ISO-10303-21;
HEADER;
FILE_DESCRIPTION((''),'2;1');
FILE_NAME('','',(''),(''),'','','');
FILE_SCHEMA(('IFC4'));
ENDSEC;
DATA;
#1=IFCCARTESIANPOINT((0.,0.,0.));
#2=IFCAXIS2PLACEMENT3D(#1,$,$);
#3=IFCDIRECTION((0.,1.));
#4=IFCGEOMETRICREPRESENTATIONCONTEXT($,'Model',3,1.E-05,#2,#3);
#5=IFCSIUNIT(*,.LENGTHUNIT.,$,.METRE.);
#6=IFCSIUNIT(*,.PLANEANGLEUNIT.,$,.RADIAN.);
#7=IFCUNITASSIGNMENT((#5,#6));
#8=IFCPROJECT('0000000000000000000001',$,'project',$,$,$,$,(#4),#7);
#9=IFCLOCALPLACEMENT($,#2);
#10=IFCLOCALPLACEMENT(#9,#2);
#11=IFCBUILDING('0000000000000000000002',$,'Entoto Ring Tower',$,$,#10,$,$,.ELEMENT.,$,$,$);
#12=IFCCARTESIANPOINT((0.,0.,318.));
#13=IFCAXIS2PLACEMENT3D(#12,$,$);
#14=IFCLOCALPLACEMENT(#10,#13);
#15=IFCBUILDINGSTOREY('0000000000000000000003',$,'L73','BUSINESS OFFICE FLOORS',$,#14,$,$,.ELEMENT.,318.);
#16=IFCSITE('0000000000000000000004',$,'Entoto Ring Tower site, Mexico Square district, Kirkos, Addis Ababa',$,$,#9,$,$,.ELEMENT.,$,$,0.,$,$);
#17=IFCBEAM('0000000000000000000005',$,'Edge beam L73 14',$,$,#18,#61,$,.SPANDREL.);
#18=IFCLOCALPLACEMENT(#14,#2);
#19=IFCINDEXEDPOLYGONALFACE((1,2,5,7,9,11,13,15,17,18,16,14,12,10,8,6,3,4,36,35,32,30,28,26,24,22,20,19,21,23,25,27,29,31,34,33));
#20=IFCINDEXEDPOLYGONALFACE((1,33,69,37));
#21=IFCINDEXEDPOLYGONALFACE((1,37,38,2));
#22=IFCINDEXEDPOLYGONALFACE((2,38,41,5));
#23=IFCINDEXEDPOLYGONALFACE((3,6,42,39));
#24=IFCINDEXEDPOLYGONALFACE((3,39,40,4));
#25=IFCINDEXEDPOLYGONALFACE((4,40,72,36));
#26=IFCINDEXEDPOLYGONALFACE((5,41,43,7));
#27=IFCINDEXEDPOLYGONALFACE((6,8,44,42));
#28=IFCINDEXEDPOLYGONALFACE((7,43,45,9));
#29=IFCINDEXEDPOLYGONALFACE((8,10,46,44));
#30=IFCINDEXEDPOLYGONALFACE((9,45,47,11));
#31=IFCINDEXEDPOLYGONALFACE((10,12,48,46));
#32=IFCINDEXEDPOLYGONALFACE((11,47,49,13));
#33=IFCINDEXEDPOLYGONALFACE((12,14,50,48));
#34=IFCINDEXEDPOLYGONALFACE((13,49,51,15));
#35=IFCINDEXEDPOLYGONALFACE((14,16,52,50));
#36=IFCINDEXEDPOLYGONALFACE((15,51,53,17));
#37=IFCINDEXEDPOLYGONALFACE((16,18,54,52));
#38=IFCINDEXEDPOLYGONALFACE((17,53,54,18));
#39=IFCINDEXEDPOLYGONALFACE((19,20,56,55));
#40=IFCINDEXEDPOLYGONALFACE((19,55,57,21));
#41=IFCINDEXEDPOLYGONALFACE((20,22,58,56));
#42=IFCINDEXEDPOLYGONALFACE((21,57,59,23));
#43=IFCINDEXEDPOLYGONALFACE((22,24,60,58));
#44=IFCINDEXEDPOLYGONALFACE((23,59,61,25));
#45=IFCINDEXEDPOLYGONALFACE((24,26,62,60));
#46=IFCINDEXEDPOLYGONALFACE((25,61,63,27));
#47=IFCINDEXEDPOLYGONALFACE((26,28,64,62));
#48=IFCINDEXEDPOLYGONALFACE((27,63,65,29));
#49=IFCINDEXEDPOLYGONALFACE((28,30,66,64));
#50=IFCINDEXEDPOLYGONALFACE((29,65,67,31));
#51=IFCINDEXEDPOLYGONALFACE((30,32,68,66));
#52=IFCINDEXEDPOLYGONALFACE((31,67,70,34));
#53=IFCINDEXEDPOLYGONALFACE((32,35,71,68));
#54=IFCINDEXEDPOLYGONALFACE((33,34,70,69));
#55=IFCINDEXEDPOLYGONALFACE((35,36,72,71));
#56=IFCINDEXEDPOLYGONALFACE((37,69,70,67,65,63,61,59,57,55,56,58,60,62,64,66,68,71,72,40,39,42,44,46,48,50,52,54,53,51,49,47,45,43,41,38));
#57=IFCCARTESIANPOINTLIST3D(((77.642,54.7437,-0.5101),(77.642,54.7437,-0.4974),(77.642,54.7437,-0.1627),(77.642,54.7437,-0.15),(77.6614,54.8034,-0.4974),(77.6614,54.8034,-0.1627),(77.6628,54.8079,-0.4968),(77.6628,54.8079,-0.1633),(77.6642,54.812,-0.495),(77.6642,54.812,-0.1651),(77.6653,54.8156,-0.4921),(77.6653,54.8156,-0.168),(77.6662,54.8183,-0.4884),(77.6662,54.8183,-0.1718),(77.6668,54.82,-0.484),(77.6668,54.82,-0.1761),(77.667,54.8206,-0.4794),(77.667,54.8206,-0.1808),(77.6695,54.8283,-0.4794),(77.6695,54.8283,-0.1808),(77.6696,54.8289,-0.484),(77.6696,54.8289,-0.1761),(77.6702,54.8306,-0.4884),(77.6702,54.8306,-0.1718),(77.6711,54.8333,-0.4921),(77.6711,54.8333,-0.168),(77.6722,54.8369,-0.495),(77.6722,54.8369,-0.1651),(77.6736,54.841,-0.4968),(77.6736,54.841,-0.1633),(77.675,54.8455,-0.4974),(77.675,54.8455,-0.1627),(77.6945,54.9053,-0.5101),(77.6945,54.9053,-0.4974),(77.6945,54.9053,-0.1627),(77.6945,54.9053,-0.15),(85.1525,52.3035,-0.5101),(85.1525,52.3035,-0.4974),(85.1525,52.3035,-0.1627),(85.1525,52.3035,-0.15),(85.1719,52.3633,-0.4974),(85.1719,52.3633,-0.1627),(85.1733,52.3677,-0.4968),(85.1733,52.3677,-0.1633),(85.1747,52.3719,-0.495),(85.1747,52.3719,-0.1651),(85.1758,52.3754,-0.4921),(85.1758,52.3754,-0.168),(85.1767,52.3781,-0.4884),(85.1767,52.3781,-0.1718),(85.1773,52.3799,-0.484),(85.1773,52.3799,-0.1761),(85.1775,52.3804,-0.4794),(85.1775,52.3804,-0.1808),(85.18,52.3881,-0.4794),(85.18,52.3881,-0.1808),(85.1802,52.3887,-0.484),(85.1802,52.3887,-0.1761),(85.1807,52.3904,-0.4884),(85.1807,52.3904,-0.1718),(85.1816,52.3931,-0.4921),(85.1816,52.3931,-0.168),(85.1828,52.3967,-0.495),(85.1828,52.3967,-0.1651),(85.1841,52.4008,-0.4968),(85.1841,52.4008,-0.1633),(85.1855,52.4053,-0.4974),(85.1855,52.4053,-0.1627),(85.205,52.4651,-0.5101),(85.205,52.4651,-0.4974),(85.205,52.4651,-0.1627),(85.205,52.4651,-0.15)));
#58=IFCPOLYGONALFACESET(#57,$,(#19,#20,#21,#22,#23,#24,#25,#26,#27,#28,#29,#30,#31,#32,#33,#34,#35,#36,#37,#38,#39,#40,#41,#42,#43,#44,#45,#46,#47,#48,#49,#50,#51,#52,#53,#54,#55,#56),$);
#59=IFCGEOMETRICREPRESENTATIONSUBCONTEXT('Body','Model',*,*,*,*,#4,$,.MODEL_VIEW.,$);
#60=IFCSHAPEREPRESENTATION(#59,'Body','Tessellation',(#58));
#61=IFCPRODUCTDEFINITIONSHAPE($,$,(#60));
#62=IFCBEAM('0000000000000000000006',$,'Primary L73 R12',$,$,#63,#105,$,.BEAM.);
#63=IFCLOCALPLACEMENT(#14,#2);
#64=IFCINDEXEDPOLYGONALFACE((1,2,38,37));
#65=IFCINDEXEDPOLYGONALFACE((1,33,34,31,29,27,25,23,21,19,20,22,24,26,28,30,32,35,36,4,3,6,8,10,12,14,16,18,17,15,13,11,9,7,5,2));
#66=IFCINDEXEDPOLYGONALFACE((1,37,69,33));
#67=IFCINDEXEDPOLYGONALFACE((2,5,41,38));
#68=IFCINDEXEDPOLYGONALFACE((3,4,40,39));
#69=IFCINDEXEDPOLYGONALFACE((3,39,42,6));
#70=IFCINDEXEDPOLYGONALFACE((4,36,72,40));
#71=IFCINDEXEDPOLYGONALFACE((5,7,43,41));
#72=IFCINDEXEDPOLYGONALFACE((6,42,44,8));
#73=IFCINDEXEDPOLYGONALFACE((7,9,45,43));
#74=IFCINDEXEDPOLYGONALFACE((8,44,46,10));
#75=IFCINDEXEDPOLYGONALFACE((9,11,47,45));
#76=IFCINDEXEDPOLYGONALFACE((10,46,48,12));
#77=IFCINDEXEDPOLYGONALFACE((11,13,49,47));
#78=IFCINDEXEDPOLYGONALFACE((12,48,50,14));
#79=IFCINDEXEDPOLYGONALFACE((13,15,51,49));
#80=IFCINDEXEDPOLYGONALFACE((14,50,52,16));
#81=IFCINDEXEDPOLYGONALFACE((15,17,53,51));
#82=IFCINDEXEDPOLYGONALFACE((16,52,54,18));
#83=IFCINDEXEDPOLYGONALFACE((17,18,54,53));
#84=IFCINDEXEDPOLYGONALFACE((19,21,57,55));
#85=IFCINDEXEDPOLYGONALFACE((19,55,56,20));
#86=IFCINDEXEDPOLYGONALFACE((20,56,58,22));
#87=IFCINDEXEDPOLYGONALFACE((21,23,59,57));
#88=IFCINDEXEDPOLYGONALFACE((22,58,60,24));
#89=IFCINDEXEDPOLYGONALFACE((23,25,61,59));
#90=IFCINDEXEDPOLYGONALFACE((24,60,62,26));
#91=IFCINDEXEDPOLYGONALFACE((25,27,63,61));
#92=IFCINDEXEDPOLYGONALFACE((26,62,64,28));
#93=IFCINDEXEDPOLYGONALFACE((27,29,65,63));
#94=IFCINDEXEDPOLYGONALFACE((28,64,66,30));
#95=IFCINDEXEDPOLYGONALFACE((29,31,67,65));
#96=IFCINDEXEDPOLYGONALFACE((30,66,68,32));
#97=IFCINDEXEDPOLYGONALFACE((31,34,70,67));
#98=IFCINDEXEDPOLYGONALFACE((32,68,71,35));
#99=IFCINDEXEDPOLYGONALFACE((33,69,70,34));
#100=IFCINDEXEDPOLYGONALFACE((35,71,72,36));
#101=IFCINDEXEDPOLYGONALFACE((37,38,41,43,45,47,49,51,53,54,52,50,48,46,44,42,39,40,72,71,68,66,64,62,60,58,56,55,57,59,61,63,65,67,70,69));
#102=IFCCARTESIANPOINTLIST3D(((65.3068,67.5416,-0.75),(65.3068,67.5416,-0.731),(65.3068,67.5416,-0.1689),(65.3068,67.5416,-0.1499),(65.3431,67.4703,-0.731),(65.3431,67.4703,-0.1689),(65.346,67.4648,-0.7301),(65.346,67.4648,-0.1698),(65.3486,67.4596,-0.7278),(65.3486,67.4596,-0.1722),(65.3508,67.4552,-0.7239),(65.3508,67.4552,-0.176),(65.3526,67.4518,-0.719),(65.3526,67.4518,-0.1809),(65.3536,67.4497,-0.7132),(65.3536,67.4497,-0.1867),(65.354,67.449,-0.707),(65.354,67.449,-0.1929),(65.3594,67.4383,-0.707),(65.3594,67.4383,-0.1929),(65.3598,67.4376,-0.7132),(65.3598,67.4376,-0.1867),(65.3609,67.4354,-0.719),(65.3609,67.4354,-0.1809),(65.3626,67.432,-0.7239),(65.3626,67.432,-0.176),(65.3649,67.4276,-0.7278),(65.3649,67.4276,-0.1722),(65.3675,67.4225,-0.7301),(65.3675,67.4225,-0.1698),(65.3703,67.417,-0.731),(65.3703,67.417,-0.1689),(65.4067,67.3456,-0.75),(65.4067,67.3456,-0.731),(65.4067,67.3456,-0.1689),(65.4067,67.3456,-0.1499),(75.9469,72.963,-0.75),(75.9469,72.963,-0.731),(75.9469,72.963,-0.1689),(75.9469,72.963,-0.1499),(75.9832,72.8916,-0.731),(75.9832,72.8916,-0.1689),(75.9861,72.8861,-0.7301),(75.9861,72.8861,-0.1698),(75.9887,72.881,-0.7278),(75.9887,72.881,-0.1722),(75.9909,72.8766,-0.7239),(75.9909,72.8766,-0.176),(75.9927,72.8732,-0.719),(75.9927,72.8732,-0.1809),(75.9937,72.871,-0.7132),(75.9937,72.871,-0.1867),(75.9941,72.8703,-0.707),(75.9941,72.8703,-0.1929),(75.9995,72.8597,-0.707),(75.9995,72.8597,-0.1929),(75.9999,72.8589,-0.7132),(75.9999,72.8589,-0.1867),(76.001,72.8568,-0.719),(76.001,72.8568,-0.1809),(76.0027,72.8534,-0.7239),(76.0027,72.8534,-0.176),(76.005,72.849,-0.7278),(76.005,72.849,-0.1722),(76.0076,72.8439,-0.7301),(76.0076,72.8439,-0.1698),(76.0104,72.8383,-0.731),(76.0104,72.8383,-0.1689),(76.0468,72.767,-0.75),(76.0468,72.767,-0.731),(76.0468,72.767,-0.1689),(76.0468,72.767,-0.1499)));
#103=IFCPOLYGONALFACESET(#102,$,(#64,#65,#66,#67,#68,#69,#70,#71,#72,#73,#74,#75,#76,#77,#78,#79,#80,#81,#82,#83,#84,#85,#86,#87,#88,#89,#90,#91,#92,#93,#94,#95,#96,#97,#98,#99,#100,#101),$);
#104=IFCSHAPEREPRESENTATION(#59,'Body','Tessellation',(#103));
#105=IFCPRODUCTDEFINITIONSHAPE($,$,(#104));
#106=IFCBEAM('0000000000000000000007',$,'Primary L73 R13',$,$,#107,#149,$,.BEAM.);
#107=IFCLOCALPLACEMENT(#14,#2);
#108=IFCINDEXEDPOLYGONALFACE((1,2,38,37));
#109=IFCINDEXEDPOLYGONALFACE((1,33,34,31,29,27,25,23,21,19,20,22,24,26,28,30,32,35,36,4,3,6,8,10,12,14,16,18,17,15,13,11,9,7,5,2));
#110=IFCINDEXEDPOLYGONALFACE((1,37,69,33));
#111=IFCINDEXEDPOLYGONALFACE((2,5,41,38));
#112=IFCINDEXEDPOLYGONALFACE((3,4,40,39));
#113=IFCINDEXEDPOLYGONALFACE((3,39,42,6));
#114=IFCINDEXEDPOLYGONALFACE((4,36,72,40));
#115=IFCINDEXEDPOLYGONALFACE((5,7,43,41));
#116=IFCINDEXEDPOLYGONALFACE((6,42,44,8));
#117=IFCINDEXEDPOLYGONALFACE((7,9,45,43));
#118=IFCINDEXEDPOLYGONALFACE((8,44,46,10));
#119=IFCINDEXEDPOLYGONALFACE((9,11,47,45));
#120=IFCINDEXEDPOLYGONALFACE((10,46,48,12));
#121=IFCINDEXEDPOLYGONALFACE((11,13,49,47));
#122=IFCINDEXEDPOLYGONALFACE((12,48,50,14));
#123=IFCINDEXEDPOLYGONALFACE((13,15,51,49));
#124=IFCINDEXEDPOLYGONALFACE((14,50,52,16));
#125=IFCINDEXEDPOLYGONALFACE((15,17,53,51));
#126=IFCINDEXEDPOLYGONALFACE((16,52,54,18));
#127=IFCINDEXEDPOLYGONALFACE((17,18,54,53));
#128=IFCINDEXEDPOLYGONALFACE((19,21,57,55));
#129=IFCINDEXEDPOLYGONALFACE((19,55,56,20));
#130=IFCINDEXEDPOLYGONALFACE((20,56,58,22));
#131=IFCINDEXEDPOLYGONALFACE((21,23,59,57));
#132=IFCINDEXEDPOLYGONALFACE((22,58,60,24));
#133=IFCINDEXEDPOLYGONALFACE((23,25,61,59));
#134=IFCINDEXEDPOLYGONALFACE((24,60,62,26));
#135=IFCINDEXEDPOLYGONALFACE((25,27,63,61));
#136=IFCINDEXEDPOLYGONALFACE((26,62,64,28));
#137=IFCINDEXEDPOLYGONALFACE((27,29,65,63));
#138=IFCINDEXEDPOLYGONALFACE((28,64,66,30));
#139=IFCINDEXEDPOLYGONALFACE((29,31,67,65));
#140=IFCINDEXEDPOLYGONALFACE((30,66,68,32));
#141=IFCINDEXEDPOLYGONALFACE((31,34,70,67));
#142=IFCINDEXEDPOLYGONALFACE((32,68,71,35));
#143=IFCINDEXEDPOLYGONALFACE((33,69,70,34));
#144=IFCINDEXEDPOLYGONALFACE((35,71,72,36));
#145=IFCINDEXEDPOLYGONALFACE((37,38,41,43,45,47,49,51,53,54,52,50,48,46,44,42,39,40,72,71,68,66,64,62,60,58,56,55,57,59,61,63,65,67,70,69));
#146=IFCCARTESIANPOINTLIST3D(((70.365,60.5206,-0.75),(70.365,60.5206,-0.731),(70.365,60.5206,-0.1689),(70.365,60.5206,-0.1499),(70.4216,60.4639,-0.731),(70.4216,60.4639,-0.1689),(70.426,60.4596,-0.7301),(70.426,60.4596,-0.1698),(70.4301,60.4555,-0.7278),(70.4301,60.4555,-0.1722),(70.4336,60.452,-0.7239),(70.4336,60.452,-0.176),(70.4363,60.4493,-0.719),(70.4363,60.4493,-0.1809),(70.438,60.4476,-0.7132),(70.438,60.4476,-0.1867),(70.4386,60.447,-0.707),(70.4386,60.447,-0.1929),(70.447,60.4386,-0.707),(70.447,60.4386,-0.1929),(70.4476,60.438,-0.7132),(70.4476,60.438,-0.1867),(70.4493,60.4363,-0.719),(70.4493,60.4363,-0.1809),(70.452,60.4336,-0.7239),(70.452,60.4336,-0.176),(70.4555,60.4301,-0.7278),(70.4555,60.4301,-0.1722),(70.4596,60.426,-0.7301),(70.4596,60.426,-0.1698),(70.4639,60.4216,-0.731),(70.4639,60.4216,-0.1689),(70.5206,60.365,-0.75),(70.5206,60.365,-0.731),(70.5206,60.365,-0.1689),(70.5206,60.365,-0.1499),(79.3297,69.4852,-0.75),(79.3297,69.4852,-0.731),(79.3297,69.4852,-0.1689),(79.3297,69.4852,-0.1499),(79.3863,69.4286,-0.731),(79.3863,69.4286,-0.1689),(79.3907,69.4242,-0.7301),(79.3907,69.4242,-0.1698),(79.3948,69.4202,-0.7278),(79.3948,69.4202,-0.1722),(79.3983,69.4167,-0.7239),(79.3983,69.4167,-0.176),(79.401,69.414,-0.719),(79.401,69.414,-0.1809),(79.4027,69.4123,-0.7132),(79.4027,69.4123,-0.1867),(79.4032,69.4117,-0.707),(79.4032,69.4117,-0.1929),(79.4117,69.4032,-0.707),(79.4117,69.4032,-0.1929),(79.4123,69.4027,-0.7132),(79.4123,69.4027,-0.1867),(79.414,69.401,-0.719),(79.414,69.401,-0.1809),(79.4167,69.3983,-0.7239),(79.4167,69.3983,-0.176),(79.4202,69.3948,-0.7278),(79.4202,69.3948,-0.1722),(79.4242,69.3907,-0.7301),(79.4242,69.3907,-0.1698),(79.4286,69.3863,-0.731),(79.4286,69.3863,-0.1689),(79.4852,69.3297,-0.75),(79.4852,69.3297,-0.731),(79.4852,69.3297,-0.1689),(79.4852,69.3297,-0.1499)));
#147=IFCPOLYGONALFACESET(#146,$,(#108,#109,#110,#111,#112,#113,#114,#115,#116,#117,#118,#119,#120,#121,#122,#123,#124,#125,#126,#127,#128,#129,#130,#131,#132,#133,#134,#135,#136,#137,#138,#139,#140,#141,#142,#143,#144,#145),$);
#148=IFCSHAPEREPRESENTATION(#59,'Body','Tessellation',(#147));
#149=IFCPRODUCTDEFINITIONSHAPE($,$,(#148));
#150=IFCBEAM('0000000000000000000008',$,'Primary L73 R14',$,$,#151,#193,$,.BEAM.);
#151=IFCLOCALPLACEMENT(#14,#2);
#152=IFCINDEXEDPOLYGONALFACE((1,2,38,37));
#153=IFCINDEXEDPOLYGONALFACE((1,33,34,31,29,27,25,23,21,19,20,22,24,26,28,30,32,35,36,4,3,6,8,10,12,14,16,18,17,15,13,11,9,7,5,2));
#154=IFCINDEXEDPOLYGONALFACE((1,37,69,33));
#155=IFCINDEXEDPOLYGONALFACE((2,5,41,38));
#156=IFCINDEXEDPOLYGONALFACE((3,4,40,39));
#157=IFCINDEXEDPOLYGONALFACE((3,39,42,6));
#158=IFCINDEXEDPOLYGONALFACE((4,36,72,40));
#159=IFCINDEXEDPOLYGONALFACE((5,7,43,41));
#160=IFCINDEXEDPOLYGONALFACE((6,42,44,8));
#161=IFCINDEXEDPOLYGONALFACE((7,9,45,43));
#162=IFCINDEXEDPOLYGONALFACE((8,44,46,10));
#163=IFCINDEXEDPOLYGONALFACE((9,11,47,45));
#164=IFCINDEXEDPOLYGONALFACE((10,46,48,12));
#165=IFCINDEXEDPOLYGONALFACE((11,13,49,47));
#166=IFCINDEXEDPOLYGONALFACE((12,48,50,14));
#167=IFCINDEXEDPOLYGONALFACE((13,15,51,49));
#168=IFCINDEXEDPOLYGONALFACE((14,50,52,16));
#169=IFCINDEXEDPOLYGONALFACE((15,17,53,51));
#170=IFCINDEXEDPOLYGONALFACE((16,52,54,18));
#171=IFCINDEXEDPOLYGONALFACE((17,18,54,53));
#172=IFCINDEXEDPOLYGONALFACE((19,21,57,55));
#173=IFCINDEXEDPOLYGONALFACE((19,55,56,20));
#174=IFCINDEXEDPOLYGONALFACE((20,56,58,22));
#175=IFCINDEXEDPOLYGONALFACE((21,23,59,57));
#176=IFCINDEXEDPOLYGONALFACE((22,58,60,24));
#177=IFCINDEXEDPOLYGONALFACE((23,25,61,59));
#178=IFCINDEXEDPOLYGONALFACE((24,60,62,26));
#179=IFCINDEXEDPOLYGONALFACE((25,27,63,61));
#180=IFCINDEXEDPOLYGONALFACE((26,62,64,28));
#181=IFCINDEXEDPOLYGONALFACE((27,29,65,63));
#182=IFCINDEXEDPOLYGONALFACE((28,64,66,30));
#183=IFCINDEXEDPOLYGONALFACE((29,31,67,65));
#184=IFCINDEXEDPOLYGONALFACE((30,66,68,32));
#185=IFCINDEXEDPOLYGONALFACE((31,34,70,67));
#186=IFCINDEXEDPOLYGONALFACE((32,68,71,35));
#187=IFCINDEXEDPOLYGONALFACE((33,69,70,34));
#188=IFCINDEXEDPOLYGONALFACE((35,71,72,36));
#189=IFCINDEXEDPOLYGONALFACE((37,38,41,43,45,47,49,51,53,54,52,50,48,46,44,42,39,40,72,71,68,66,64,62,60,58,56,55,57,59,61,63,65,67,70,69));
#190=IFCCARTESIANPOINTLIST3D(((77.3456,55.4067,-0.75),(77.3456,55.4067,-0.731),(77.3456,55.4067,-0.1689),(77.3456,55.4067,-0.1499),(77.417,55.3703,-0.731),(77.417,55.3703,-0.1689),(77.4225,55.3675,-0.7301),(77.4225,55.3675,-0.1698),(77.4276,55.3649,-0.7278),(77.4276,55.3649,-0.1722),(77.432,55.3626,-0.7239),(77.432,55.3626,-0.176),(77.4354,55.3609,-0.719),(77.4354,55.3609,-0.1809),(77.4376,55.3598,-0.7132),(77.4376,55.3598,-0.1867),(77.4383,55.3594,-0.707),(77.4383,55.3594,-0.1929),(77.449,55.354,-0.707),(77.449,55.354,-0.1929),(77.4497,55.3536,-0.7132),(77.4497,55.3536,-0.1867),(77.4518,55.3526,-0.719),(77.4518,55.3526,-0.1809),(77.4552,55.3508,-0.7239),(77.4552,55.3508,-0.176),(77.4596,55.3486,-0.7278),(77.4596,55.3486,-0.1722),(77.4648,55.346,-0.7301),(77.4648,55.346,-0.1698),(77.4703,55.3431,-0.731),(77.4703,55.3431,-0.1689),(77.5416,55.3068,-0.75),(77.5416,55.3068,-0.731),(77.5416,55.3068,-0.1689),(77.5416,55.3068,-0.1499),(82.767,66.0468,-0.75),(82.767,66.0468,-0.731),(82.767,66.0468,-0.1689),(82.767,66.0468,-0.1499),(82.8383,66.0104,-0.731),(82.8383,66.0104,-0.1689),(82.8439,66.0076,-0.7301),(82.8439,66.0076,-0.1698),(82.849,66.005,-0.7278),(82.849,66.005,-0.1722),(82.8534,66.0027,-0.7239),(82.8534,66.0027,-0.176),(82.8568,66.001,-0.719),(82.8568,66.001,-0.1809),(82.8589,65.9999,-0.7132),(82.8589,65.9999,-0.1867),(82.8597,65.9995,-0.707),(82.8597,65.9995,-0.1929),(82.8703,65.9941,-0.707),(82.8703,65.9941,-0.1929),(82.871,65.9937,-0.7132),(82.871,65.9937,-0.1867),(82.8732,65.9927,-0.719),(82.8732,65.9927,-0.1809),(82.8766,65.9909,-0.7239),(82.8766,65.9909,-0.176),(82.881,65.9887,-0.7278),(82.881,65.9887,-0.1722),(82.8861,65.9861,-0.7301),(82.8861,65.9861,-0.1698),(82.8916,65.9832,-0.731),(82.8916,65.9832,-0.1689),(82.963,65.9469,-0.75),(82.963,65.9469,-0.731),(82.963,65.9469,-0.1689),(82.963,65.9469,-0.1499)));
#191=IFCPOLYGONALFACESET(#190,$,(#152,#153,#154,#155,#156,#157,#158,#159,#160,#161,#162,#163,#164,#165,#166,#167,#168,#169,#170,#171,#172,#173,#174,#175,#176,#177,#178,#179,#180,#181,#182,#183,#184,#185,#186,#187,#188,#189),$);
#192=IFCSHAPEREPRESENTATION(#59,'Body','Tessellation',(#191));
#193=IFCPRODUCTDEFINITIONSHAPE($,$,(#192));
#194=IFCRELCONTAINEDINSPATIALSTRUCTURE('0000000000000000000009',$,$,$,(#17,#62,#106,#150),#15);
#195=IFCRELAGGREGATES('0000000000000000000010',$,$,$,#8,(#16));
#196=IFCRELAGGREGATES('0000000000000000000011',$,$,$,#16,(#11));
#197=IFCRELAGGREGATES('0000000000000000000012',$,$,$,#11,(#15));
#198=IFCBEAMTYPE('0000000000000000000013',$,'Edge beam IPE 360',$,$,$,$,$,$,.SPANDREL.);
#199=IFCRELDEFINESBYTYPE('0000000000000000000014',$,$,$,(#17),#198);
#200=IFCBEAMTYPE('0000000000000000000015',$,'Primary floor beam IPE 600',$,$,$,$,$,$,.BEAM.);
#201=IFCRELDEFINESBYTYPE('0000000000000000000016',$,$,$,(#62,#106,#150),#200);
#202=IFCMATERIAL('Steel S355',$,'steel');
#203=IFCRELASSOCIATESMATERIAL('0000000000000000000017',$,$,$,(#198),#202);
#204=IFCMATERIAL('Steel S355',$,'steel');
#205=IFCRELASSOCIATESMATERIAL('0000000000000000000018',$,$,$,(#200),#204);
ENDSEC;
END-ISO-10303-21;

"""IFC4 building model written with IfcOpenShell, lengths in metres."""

from ifc_helpers import new_model, si_unit, direction, frame, origin, origin_2d, place, context, subcontext, project, spatial, i_section, extrude, material, material_profile, profile_set, type_object, element, save


model = new_model("IFC4")

# Units and contexts
model_context = context("Model", 3, precision=1e-05, world=origin(), true_north=direction((0.0, 1.0)))
body_context = subcontext(model_context, "Body", "Model", "MODEL_VIEW")
ifc_project = project(units=[si_unit("LENGTHUNIT", "METRE"), si_unit("PLANEANGLEUNIT", "RADIAN")], contexts=[model_context])

# Site, building, storey
site_placement = place(None, origin())
site = spatial("IfcSite", under=ifc_project, at=site_placement, Name="Entoto Ring Tower site, Mexico Square district, Kirkos, Addis Ababa", CompositionType="ELEMENT", RefElevation=0.0)
building_placement = place(site_placement, origin())
building = spatial("IfcBuilding", under=site, at=building_placement, Name="Entoto Ring Tower", CompositionType="ELEMENT")
storey_placement = place(building_placement, frame((0.0, 0.0, 318.0)))
storey = spatial("IfcBuildingStorey", under=building, at=storey_placement, Name="L73", Description="BUSINESS OFFICE FLOORS", CompositionType="ELEMENT", Elevation=318.0)

# Beams
ifc_material_1 = material(Name="Steel S355", Category="steel")
ifc_material_profile_1 = material_profile(ifc_material_1, i_section(OverallWidth=0.1699, OverallDepth=0.3601, WebThickness=0.0081, FlangeThickness=0.0127, FilletRadius=0.0181, at=origin_2d()), Name="IPE 360")
ifc_profile_set_1 = profile_set([ifc_material_profile_1], Name="Steel S355")
beam_type_1 = type_object("IfcBeamType", Name="Edge beam IPE 360", PredefinedType="SPANDREL", material=ifc_profile_set_1)
beam_1_placement = place(storey_placement, frame((77.6682, 54.8245, -0.3301), z_axis=(0.951061, -0.309003, 0.0), x_axis=(0.309003, 0.951061, 0.0)))
element("IfcBeam", 1, at=beam_1_placement, inside=storey, type_object=beam_type_1, Name="Edge beam L73 14", PredefinedType="SPANDREL", context=body_context, shape_type="SweptSolid", body=[
    extrude(i_section(OverallWidth=0.1699, OverallDepth=0.3601, WebThickness=0.0081, FlangeThickness=0.0127, FilletRadius=0.0181, at=origin_2d()), origin(), (0.0, 0.0, 1.0), 7.897),
])
ifc_material_2 = material(Name="Steel S355", Category="steel")
ifc_material_profile_2 = material_profile(ifc_material_2, i_section(OverallWidth=0.22, OverallDepth=0.6001, WebThickness=0.012, FlangeThickness=0.019, FilletRadius=0.0239, at=origin_2d()), Name="IPE 600")
ifc_profile_set_2 = profile_set([ifc_material_profile_2], Name="Steel S355")
beam_type_2 = type_object("IfcBeamType", Name="Primary floor beam IPE 600", PredefinedType="BEAM", material=ifc_profile_set_2)
beam_2_placement = place(storey_placement, frame((75.9968, 72.865, -0.45), z_axis=(-0.891008, -0.453988, 0.0), x_axis=(0.453988, -0.891008, 0.0)))
element("IfcBeam", 2, at=beam_2_placement, inside=storey, type_object=beam_type_2, Name="Primary L73 R12", PredefinedType="BEAM", context=body_context, shape_type="SweptSolid", body=[
    extrude(i_section(OverallWidth=0.22, OverallDepth=0.6001, WebThickness=0.012, FlangeThickness=0.019, FilletRadius=0.0239, at=origin_2d()), origin(), (0.0, 0.0, 1.0), 11.9417),
])
beam_3_placement = place(storey_placement, frame((79.4075, 69.4075, -0.45), z_axis=(-0.707107, -0.707107, 0.0), x_axis=(0.707107, -0.707107, 0.0)))
element("IfcBeam", 3, at=beam_3_placement, inside=storey, type_object=beam_type_2, Name="Primary L73 R13", PredefinedType="BEAM", context=body_context, shape_type="SweptSolid", body=[
    extrude(i_section(OverallWidth=0.22, OverallDepth=0.6001, WebThickness=0.012, FlangeThickness=0.019, FilletRadius=0.0239, at=origin_2d()), origin(), (0.0, 0.0, 1.0), 12.678),
])
beam_4_placement = place(storey_placement, frame((82.865, 65.9968, -0.45), z_axis=(-0.453988, -0.891008, 0.0), x_axis=(0.891008, -0.453988, 0.0)))
element("IfcBeam", 4, at=beam_4_placement, inside=storey, type_object=beam_type_2, Name="Primary L73 R14", PredefinedType="BEAM", context=body_context, shape_type="SweptSolid", body=[
    extrude(i_section(OverallWidth=0.22, OverallDepth=0.6001, WebThickness=0.012, FlangeThickness=0.019, FilletRadius=0.0239, at=origin_2d()), origin(), (0.0, 0.0, 1.0), 11.9417),
])

save(model, "model.ifc")
